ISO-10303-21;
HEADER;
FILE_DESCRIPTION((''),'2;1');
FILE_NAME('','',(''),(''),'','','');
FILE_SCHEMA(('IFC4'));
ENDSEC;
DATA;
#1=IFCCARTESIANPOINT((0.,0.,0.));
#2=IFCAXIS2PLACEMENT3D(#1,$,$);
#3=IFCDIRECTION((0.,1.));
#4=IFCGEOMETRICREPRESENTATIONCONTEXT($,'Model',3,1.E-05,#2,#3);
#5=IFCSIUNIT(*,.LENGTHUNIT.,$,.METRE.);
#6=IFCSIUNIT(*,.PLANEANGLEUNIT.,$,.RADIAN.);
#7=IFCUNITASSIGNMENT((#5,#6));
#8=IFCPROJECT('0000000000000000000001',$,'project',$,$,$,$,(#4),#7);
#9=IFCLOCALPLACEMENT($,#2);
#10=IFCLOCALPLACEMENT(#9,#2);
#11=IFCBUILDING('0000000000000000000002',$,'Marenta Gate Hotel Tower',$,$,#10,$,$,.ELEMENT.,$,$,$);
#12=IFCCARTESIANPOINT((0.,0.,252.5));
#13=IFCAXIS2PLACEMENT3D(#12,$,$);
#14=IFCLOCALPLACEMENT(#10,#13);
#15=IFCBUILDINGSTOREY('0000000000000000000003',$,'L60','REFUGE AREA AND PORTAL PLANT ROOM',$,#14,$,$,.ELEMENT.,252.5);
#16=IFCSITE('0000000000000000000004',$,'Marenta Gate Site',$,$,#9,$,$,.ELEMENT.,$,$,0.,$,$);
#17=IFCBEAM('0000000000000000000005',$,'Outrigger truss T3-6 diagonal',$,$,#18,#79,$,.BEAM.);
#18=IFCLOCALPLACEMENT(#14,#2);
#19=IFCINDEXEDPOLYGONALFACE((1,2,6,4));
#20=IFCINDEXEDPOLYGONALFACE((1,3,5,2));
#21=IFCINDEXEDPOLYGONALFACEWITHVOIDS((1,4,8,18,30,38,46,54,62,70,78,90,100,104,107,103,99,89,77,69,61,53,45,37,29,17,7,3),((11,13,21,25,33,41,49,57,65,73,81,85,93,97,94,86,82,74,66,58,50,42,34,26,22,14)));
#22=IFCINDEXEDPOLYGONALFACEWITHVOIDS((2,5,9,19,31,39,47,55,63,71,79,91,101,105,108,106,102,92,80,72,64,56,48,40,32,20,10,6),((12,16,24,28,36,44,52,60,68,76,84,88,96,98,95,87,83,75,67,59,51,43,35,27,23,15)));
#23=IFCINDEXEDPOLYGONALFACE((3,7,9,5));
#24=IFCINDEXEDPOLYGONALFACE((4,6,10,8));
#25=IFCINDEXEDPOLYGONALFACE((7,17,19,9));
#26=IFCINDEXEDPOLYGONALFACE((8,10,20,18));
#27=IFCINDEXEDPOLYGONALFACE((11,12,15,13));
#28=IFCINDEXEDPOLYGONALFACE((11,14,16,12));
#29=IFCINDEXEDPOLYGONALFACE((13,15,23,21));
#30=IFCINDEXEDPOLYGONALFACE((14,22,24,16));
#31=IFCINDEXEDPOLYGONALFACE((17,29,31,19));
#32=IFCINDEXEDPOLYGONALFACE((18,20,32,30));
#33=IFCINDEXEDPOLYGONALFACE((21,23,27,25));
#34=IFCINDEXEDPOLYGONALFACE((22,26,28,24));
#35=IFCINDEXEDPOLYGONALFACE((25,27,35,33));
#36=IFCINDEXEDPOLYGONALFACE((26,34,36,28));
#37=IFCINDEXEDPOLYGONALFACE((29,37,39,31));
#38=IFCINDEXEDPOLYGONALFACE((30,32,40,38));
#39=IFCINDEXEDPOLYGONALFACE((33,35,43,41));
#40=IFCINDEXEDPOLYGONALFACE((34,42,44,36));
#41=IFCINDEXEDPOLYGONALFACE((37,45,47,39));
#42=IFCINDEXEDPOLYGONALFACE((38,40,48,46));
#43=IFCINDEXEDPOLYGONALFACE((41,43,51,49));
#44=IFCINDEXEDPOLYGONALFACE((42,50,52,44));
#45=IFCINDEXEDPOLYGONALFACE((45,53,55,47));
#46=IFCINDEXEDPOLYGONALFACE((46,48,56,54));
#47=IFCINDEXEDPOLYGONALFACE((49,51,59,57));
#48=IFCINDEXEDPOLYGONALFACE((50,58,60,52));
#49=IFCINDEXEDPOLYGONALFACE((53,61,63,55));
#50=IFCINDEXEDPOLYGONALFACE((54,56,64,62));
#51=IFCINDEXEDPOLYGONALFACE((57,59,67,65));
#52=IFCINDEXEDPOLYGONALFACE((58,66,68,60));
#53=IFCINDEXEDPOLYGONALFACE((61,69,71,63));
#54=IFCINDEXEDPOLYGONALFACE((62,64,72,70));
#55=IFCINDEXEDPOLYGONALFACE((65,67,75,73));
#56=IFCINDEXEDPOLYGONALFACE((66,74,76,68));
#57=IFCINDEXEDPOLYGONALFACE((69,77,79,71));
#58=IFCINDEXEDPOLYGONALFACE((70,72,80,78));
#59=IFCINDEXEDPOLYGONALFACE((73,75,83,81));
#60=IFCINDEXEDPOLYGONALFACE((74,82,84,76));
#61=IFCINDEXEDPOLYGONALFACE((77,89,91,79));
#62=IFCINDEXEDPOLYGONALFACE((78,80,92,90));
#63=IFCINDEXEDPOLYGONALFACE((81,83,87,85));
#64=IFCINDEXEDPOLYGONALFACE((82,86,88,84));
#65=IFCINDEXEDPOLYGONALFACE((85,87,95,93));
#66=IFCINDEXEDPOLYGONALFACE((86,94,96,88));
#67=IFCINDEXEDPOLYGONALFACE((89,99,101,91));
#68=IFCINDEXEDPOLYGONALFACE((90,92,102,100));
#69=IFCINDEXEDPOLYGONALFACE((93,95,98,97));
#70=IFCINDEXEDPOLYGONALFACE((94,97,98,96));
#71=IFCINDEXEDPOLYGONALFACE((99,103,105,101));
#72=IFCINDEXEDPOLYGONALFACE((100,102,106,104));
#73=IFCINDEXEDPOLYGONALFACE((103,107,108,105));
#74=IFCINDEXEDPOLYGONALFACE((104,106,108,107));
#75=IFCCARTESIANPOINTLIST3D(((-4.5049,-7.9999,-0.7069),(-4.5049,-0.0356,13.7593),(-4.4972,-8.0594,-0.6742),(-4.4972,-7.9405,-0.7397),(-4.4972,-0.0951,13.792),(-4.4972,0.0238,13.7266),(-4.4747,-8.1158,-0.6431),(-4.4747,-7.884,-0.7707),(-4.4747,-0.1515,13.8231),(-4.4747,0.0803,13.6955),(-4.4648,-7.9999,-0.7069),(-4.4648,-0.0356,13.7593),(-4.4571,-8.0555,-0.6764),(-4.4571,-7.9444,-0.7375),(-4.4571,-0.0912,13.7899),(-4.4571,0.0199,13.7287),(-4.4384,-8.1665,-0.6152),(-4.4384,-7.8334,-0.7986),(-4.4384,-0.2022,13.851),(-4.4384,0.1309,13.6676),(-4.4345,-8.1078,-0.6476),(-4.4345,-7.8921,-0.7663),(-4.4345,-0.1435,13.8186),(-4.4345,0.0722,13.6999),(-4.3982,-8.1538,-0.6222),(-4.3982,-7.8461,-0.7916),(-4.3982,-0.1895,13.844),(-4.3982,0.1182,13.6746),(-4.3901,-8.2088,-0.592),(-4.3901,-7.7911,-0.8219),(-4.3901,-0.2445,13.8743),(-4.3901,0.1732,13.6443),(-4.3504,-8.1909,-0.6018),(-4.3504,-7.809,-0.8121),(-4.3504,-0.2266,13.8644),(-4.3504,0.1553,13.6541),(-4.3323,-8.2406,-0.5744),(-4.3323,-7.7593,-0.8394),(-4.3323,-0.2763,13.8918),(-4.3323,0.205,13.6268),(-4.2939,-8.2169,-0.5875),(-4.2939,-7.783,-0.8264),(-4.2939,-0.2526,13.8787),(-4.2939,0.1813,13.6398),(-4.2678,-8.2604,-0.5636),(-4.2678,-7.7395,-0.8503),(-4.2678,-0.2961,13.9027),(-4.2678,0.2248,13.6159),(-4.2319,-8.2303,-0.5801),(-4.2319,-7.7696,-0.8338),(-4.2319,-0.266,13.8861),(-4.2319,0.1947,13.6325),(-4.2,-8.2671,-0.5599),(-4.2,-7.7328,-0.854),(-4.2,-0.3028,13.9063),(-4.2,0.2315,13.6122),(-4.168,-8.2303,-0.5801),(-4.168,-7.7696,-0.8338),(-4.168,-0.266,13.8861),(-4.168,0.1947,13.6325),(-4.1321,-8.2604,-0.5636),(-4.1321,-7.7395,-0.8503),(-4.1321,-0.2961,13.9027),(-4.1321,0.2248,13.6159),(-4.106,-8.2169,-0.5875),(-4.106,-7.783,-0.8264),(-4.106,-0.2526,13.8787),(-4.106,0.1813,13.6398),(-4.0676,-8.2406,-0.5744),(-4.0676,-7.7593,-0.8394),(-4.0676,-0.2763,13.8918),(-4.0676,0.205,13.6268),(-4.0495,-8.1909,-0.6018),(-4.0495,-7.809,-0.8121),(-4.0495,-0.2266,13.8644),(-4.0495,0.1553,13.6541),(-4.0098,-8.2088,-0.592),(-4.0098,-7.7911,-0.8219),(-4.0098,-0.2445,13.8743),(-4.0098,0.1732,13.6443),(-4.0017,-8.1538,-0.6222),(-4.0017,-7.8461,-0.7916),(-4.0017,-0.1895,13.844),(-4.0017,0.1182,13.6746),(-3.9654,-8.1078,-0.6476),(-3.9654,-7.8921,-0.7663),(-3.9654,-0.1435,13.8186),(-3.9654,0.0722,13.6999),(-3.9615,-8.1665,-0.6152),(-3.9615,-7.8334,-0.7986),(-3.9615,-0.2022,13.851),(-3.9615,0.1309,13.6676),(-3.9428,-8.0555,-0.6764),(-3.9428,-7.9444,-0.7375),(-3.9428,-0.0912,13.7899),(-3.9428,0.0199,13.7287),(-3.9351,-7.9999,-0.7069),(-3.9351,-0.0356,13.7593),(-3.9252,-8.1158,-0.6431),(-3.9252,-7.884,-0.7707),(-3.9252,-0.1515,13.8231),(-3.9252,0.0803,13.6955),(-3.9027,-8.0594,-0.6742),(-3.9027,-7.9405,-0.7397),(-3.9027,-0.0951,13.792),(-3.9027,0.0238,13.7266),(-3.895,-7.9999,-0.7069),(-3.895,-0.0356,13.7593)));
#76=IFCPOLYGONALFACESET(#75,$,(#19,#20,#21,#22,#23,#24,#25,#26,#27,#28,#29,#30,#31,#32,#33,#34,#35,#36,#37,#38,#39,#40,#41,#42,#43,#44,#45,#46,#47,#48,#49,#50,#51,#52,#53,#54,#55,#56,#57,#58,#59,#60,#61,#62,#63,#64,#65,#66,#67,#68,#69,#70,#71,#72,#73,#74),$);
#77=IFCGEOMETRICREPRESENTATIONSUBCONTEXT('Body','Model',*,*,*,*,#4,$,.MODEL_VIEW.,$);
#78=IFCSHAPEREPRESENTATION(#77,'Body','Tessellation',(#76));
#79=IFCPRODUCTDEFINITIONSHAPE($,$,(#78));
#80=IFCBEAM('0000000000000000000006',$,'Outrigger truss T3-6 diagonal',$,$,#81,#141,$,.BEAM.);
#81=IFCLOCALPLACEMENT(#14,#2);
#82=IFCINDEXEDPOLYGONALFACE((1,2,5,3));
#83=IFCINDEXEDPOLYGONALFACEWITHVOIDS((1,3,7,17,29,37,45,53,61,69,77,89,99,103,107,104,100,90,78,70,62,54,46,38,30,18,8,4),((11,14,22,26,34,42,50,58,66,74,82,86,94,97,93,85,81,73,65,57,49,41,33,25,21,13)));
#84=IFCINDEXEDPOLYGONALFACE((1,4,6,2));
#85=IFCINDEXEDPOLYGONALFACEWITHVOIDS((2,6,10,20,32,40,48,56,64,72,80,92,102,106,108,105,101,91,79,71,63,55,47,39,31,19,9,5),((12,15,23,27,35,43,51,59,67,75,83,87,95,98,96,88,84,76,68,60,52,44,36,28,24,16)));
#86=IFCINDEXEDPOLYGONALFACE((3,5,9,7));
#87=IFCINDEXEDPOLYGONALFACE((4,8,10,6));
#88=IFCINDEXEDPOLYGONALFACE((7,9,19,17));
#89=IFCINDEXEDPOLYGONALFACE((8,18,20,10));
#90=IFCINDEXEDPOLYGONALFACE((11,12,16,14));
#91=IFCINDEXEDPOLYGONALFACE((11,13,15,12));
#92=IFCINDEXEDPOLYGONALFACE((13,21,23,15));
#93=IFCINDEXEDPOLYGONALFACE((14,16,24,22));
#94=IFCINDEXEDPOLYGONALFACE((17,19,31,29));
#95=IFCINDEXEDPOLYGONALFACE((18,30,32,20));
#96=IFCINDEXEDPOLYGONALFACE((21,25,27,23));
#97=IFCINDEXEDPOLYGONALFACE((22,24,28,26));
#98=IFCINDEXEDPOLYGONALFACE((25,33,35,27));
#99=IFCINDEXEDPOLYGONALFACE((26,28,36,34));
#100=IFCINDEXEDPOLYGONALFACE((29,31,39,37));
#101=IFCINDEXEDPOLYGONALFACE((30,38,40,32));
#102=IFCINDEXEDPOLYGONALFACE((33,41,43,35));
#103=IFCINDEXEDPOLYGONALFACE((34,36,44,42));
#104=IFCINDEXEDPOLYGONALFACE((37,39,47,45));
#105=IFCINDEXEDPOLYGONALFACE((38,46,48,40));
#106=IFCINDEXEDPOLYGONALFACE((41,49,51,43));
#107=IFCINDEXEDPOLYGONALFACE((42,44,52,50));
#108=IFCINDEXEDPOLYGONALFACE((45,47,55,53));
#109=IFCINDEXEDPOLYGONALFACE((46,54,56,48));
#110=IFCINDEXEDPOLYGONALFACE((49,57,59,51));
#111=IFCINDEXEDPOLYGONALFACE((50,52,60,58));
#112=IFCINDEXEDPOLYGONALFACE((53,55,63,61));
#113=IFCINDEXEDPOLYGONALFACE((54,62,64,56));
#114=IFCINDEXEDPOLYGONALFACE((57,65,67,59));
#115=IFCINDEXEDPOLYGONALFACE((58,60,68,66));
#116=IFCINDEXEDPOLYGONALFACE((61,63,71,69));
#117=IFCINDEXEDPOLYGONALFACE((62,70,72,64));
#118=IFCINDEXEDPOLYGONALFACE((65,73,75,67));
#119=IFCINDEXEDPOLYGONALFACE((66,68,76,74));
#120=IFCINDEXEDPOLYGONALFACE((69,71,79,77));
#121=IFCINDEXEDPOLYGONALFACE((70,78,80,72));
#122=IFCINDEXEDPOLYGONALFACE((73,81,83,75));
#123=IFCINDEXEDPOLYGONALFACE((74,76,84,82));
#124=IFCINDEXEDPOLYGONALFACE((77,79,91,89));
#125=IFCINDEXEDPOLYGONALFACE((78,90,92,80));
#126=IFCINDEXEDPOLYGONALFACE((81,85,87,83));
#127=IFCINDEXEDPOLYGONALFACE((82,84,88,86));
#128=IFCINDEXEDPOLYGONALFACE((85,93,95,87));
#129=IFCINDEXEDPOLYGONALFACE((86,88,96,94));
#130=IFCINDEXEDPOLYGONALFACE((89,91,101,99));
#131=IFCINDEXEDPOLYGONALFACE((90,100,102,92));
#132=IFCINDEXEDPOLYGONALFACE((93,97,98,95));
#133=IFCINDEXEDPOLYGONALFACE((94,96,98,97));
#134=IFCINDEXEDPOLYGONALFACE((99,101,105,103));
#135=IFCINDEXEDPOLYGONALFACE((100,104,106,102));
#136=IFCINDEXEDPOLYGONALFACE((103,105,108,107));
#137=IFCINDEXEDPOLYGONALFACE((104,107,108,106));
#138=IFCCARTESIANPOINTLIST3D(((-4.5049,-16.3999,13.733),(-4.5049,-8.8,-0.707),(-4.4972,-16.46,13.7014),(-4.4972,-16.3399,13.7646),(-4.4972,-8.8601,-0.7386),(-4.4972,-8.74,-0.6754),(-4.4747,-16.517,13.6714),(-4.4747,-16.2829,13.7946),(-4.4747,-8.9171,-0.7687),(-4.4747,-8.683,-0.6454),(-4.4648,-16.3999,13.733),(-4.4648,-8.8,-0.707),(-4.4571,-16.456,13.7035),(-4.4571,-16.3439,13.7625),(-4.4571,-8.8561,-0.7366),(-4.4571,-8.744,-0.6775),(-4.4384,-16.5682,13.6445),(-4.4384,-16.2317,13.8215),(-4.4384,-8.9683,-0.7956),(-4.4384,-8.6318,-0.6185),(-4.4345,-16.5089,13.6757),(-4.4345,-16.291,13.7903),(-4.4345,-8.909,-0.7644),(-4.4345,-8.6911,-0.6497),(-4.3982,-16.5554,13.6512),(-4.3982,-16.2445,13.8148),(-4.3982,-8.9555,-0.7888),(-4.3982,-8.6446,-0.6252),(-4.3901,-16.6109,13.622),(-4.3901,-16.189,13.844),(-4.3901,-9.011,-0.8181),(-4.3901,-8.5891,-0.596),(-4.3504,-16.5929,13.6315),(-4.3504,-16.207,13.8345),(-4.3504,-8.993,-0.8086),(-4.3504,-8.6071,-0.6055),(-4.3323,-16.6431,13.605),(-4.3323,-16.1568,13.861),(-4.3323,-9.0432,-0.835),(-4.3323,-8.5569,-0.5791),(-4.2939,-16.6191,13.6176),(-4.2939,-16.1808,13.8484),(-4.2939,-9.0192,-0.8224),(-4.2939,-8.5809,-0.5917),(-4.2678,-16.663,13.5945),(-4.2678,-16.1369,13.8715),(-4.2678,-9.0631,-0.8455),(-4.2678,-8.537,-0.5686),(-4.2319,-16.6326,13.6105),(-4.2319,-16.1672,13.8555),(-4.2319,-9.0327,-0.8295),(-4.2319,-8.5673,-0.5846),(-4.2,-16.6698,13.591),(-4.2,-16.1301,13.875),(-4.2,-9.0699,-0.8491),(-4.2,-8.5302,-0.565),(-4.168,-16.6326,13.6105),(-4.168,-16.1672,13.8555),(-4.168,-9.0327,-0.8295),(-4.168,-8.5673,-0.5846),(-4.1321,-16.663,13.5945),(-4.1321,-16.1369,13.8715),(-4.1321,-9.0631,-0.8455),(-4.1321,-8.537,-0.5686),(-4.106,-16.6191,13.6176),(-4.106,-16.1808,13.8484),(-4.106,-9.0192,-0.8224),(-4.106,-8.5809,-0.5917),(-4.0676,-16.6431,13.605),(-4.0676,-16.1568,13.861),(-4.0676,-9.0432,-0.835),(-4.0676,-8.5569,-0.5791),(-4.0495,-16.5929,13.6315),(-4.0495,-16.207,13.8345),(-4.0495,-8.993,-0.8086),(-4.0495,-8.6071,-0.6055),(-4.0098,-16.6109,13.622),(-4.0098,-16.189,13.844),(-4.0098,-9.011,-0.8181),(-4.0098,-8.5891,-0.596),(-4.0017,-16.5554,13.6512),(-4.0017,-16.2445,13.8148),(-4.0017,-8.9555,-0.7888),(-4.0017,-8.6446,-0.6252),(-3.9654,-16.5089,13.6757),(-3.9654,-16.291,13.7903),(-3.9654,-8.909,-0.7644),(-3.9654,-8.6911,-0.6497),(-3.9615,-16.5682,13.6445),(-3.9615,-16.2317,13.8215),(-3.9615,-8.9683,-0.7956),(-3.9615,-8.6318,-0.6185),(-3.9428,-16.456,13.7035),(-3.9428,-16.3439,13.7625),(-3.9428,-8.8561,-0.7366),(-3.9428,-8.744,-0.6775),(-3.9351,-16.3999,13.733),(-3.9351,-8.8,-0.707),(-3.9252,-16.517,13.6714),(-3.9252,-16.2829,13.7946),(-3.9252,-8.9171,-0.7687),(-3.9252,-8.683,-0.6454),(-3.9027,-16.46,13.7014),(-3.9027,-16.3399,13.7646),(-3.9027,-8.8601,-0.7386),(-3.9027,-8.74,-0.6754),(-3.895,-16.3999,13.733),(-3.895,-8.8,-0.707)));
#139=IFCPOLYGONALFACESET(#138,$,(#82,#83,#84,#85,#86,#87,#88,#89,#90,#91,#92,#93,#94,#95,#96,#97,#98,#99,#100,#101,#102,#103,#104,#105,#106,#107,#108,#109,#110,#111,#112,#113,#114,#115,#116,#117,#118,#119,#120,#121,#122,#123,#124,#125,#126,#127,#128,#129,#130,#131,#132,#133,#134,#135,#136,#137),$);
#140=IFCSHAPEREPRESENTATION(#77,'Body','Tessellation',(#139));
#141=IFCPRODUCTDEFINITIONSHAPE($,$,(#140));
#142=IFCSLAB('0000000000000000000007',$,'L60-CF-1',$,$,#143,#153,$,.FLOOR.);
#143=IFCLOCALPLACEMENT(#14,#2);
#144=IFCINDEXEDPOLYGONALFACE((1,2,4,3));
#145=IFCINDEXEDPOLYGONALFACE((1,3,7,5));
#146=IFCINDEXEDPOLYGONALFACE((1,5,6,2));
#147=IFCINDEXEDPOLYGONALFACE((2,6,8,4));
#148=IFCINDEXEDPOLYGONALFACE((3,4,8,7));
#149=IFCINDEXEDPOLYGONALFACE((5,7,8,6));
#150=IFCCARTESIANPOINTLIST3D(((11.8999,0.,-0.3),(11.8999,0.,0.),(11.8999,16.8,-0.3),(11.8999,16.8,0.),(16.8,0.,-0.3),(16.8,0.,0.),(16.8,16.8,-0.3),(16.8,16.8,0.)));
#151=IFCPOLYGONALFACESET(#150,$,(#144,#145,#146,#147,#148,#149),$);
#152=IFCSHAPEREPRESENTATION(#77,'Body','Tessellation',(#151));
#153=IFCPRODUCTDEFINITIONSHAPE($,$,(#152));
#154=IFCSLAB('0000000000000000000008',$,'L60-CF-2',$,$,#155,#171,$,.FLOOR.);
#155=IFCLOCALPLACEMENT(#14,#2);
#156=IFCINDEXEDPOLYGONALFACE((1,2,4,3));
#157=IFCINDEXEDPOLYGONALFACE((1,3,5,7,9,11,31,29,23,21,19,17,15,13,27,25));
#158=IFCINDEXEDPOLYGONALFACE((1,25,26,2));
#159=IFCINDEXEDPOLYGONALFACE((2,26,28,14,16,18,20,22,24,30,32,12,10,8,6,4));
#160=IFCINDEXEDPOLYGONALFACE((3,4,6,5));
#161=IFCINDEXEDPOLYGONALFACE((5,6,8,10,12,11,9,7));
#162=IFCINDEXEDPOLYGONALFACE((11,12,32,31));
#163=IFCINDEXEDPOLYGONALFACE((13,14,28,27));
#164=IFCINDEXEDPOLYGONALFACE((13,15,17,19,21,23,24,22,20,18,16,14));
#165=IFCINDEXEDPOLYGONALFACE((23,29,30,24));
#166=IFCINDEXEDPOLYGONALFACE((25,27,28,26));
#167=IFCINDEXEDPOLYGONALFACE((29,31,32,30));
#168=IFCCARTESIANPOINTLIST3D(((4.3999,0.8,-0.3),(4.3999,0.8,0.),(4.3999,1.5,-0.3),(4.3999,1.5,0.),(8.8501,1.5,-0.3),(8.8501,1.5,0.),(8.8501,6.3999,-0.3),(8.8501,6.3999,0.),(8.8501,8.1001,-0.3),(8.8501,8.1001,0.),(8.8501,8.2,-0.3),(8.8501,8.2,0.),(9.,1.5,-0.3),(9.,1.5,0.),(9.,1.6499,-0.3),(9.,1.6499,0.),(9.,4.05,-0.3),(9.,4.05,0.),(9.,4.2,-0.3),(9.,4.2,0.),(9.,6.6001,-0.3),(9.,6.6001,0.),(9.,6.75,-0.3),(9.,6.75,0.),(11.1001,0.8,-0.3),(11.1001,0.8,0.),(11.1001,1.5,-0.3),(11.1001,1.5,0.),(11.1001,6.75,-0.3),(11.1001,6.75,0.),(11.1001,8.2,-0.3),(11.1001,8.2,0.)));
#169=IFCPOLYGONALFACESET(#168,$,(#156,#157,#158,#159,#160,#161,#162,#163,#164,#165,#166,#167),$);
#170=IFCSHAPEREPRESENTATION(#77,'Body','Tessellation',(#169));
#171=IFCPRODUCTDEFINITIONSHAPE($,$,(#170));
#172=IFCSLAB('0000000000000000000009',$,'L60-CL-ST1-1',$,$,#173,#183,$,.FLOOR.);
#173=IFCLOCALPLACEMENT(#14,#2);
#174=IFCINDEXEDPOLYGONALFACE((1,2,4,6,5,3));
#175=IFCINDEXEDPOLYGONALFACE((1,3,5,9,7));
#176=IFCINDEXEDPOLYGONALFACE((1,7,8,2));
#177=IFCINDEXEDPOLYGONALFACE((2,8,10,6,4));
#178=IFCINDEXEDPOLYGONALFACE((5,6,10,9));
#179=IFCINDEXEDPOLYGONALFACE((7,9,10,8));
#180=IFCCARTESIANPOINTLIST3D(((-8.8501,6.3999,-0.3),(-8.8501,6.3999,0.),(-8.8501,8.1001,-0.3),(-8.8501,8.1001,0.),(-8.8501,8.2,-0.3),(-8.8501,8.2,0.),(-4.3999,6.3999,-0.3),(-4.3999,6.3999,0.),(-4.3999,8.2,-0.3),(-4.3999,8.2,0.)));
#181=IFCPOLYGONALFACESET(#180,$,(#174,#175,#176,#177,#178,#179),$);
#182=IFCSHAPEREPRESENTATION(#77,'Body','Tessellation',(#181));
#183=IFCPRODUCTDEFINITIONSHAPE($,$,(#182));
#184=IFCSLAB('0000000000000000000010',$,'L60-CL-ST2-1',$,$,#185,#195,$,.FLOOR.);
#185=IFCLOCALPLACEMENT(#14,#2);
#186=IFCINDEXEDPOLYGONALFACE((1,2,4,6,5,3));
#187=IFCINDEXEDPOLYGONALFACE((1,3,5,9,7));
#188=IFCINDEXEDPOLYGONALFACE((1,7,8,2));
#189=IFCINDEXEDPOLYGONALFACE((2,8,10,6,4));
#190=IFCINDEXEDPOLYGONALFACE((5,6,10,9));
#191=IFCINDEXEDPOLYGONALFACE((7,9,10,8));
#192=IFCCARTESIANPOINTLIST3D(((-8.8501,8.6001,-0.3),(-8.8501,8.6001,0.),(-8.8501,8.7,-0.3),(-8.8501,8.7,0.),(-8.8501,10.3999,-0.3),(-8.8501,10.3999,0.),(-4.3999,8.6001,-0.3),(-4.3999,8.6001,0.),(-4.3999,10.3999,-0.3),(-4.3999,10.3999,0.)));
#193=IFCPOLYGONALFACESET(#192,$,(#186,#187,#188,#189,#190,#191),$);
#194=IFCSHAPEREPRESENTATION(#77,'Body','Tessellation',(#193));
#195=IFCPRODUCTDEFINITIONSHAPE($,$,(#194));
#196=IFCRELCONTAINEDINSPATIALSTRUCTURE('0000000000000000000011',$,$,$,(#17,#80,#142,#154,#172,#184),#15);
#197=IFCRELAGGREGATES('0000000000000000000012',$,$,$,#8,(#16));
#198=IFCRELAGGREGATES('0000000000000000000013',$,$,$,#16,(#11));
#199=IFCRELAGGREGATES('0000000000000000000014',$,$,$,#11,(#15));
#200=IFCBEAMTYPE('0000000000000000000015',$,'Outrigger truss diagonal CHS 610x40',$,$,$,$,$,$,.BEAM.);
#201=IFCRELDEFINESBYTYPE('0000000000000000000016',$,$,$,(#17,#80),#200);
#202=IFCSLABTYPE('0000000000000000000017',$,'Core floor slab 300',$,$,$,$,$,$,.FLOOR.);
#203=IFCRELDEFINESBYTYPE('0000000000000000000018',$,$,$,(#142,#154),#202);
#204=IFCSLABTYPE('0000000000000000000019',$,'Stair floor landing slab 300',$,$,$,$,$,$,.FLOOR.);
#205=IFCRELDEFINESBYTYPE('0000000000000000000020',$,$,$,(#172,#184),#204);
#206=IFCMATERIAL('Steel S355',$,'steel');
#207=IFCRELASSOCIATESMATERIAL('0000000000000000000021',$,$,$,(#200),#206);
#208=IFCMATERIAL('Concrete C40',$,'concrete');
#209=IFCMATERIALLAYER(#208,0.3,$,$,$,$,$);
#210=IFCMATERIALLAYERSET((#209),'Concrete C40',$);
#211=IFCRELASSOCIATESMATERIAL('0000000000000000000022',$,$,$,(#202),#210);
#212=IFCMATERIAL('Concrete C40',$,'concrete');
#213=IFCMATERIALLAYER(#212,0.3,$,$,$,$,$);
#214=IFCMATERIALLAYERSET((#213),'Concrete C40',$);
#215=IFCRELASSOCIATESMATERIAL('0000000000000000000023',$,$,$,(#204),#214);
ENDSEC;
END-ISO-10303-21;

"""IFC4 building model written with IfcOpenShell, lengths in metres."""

from ifc_helpers import new_model, si_unit, direction, frame, origin, origin_2d, place, context, subcontext, project, spatial, polyline, hollow_circle, outline, extrude, material, layer, layer_set, material_profile, profile_set, type_object, element, save


model = new_model("IFC4")

# Units and contexts
model_context = context("Model", 3, precision=1e-05, world=origin(), true_north=direction((0.0, 1.0)))
body_context = subcontext(model_context, "Body", "Model", "MODEL_VIEW")
ifc_project = project(units=[si_unit("LENGTHUNIT", "METRE"), si_unit("PLANEANGLEUNIT", "RADIAN")], contexts=[model_context])

# Site, building, storey
site_placement = place(None, origin())
site = spatial("IfcSite", under=ifc_project, at=site_placement, Name="Marenta Gate Site", CompositionType="ELEMENT", RefElevation=0.0)
building_placement = place(site_placement, origin())
building = spatial("IfcBuilding", under=site, at=building_placement, Name="Marenta Gate Hotel Tower", CompositionType="ELEMENT")
storey_placement = place(building_placement, frame((0.0, 0.0, 252.5)))
storey = spatial("IfcBuildingStorey", under=building, at=storey_placement, Name="L60", Description="REFUGE AREA AND PORTAL PLANT ROOM", CompositionType="ELEMENT", Elevation=252.5)

# Beams
ifc_material_1 = material(Name="Steel S355", Category="steel")
ifc_material_profile_1 = material_profile(ifc_material_1, hollow_circle(Radius=0.3049, WallThickness=0.04, at=origin_2d()), Name="CHS 610x40")
ifc_profile_set_1 = profile_set([ifc_material_profile_1], Name="Steel S355")
beam_type_1 = type_object("IfcBeamType", Name="Outrigger truss diagonal CHS 610x40", PredefinedType="BEAM", material=ifc_profile_set_1)
beam_1_placement = place(storey_placement, frame((-4.2, -0.0356, 13.7593), z_axis=(0.0, -0.482285, -0.876014), x_axis=(1.0, 0.0, 0.0)))
element("IfcBeam", 1, at=beam_1_placement, inside=storey, type_object=beam_type_1, Name="Outrigger truss T3-6 diagonal", PredefinedType="BEAM", context=body_context, shape_type="SweptSolid", body=[
    extrude(hollow_circle(Radius=0.3049, WallThickness=0.04, at=origin_2d()), origin(), (0.0, 0.0, 1.0), 16.5137),
])
beam_2_placement = place(storey_placement, frame((-4.2, -8.8, -0.707), z_axis=(0.0, -0.465741, 0.884921), x_axis=(1.0, 0.0, 0.0)))
element("IfcBeam", 2, at=beam_2_placement, inside=storey, type_object=beam_type_1, Name="Outrigger truss T3-6 diagonal", PredefinedType="BEAM", context=body_context, shape_type="SweptSolid", body=[
    extrude(hollow_circle(Radius=0.3049, WallThickness=0.04, at=origin_2d()), origin(), (0.0, 0.0, 1.0), 16.3179),
])

# Slabs
ifc_material_2 = material(Name="Concrete C40", Category="concrete")
ifc_layer_1 = layer(ifc_material_2, 0.3)
ifc_layer_set_1 = layer_set([ifc_layer_1], Name="Concrete C40")
slab_type_1 = type_object("IfcSlabType", Name="Core floor slab 300", PredefinedType="FLOOR", material=ifc_layer_set_1)
slab_1_placement = place(storey_placement, frame((0.0, 0.0, -0.3)))
element("IfcSlab", 3, at=slab_1_placement, inside=storey, type_object=slab_type_1, Name="L60-CF-1", PredefinedType="FLOOR", context=body_context, shape_type="SweptSolid", body=[
    extrude(outline(polyline([(11.8999, 0.0), (11.8999, 16.8), (16.8, 16.8), (16.8, 0.0), (11.8999, 0.0)])), origin(), (0.0, 0.0, 1.0), 0.3),
])
slab_2_placement = place(storey_placement, frame((0.0, 0.0, -0.3)))
element("IfcSlab", 4, at=slab_2_placement, inside=storey, type_object=slab_type_1, Name="L60-CF-2", PredefinedType="FLOOR", context=body_context, shape_type="SweptSolid", body=[
    extrude(outline(polyline([(8.8501, 1.5), (8.8501, 6.3999), (8.8501, 8.1001), (8.8501, 8.2), (11.1001, 8.2), (11.1001, 6.75), (9.0, 6.75), (9.0, 6.6001), (9.0, 4.2), (9.0, 4.05), (9.0, 1.6499), (9.0, 1.5), (11.1001, 1.5), (11.1001, 0.8), (4.3999, 0.8), (4.3999, 1.5), (8.8501, 1.5)])), origin(), (0.0, 0.0, 1.0), 0.3),
])
ifc_material_3 = material(Name="Concrete C40", Category="concrete")
ifc_layer_2 = layer(ifc_material_3, 0.3)
ifc_layer_set_2 = layer_set([ifc_layer_2], Name="Concrete C40")
slab_type_2 = type_object("IfcSlabType", Name="Stair floor landing slab 300", PredefinedType="FLOOR", material=ifc_layer_set_2)
slab_3_placement = place(storey_placement, frame((0.0, 0.0, -0.3)))
element("IfcSlab", 5, at=slab_3_placement, inside=storey, type_object=slab_type_2, Name="L60-CL-ST1-1", PredefinedType="FLOOR", context=body_context, shape_type="SweptSolid", body=[
    extrude(outline(polyline([(-4.3999, 6.3999), (-8.8501, 6.3999), (-8.8501, 8.1001), (-8.8501, 8.2), (-4.3999, 8.2), (-4.3999, 6.3999)])), origin(), (0.0, 0.0, 1.0), 0.3),
])
slab_4_placement = place(storey_placement, frame((0.0, 0.0, -0.3)))
element("IfcSlab", 6, at=slab_4_placement, inside=storey, type_object=slab_type_2, Name="L60-CL-ST2-1", PredefinedType="FLOOR", context=body_context, shape_type="SweptSolid", body=[
    extrude(outline(polyline([(-4.3999, 8.6001), (-8.8501, 8.6001), (-8.8501, 8.7), (-8.8501, 10.3999), (-4.3999, 10.3999), (-4.3999, 8.6001)])), origin(), (0.0, 0.0, 1.0), 0.3),
])

save(model, "model.ifc")
